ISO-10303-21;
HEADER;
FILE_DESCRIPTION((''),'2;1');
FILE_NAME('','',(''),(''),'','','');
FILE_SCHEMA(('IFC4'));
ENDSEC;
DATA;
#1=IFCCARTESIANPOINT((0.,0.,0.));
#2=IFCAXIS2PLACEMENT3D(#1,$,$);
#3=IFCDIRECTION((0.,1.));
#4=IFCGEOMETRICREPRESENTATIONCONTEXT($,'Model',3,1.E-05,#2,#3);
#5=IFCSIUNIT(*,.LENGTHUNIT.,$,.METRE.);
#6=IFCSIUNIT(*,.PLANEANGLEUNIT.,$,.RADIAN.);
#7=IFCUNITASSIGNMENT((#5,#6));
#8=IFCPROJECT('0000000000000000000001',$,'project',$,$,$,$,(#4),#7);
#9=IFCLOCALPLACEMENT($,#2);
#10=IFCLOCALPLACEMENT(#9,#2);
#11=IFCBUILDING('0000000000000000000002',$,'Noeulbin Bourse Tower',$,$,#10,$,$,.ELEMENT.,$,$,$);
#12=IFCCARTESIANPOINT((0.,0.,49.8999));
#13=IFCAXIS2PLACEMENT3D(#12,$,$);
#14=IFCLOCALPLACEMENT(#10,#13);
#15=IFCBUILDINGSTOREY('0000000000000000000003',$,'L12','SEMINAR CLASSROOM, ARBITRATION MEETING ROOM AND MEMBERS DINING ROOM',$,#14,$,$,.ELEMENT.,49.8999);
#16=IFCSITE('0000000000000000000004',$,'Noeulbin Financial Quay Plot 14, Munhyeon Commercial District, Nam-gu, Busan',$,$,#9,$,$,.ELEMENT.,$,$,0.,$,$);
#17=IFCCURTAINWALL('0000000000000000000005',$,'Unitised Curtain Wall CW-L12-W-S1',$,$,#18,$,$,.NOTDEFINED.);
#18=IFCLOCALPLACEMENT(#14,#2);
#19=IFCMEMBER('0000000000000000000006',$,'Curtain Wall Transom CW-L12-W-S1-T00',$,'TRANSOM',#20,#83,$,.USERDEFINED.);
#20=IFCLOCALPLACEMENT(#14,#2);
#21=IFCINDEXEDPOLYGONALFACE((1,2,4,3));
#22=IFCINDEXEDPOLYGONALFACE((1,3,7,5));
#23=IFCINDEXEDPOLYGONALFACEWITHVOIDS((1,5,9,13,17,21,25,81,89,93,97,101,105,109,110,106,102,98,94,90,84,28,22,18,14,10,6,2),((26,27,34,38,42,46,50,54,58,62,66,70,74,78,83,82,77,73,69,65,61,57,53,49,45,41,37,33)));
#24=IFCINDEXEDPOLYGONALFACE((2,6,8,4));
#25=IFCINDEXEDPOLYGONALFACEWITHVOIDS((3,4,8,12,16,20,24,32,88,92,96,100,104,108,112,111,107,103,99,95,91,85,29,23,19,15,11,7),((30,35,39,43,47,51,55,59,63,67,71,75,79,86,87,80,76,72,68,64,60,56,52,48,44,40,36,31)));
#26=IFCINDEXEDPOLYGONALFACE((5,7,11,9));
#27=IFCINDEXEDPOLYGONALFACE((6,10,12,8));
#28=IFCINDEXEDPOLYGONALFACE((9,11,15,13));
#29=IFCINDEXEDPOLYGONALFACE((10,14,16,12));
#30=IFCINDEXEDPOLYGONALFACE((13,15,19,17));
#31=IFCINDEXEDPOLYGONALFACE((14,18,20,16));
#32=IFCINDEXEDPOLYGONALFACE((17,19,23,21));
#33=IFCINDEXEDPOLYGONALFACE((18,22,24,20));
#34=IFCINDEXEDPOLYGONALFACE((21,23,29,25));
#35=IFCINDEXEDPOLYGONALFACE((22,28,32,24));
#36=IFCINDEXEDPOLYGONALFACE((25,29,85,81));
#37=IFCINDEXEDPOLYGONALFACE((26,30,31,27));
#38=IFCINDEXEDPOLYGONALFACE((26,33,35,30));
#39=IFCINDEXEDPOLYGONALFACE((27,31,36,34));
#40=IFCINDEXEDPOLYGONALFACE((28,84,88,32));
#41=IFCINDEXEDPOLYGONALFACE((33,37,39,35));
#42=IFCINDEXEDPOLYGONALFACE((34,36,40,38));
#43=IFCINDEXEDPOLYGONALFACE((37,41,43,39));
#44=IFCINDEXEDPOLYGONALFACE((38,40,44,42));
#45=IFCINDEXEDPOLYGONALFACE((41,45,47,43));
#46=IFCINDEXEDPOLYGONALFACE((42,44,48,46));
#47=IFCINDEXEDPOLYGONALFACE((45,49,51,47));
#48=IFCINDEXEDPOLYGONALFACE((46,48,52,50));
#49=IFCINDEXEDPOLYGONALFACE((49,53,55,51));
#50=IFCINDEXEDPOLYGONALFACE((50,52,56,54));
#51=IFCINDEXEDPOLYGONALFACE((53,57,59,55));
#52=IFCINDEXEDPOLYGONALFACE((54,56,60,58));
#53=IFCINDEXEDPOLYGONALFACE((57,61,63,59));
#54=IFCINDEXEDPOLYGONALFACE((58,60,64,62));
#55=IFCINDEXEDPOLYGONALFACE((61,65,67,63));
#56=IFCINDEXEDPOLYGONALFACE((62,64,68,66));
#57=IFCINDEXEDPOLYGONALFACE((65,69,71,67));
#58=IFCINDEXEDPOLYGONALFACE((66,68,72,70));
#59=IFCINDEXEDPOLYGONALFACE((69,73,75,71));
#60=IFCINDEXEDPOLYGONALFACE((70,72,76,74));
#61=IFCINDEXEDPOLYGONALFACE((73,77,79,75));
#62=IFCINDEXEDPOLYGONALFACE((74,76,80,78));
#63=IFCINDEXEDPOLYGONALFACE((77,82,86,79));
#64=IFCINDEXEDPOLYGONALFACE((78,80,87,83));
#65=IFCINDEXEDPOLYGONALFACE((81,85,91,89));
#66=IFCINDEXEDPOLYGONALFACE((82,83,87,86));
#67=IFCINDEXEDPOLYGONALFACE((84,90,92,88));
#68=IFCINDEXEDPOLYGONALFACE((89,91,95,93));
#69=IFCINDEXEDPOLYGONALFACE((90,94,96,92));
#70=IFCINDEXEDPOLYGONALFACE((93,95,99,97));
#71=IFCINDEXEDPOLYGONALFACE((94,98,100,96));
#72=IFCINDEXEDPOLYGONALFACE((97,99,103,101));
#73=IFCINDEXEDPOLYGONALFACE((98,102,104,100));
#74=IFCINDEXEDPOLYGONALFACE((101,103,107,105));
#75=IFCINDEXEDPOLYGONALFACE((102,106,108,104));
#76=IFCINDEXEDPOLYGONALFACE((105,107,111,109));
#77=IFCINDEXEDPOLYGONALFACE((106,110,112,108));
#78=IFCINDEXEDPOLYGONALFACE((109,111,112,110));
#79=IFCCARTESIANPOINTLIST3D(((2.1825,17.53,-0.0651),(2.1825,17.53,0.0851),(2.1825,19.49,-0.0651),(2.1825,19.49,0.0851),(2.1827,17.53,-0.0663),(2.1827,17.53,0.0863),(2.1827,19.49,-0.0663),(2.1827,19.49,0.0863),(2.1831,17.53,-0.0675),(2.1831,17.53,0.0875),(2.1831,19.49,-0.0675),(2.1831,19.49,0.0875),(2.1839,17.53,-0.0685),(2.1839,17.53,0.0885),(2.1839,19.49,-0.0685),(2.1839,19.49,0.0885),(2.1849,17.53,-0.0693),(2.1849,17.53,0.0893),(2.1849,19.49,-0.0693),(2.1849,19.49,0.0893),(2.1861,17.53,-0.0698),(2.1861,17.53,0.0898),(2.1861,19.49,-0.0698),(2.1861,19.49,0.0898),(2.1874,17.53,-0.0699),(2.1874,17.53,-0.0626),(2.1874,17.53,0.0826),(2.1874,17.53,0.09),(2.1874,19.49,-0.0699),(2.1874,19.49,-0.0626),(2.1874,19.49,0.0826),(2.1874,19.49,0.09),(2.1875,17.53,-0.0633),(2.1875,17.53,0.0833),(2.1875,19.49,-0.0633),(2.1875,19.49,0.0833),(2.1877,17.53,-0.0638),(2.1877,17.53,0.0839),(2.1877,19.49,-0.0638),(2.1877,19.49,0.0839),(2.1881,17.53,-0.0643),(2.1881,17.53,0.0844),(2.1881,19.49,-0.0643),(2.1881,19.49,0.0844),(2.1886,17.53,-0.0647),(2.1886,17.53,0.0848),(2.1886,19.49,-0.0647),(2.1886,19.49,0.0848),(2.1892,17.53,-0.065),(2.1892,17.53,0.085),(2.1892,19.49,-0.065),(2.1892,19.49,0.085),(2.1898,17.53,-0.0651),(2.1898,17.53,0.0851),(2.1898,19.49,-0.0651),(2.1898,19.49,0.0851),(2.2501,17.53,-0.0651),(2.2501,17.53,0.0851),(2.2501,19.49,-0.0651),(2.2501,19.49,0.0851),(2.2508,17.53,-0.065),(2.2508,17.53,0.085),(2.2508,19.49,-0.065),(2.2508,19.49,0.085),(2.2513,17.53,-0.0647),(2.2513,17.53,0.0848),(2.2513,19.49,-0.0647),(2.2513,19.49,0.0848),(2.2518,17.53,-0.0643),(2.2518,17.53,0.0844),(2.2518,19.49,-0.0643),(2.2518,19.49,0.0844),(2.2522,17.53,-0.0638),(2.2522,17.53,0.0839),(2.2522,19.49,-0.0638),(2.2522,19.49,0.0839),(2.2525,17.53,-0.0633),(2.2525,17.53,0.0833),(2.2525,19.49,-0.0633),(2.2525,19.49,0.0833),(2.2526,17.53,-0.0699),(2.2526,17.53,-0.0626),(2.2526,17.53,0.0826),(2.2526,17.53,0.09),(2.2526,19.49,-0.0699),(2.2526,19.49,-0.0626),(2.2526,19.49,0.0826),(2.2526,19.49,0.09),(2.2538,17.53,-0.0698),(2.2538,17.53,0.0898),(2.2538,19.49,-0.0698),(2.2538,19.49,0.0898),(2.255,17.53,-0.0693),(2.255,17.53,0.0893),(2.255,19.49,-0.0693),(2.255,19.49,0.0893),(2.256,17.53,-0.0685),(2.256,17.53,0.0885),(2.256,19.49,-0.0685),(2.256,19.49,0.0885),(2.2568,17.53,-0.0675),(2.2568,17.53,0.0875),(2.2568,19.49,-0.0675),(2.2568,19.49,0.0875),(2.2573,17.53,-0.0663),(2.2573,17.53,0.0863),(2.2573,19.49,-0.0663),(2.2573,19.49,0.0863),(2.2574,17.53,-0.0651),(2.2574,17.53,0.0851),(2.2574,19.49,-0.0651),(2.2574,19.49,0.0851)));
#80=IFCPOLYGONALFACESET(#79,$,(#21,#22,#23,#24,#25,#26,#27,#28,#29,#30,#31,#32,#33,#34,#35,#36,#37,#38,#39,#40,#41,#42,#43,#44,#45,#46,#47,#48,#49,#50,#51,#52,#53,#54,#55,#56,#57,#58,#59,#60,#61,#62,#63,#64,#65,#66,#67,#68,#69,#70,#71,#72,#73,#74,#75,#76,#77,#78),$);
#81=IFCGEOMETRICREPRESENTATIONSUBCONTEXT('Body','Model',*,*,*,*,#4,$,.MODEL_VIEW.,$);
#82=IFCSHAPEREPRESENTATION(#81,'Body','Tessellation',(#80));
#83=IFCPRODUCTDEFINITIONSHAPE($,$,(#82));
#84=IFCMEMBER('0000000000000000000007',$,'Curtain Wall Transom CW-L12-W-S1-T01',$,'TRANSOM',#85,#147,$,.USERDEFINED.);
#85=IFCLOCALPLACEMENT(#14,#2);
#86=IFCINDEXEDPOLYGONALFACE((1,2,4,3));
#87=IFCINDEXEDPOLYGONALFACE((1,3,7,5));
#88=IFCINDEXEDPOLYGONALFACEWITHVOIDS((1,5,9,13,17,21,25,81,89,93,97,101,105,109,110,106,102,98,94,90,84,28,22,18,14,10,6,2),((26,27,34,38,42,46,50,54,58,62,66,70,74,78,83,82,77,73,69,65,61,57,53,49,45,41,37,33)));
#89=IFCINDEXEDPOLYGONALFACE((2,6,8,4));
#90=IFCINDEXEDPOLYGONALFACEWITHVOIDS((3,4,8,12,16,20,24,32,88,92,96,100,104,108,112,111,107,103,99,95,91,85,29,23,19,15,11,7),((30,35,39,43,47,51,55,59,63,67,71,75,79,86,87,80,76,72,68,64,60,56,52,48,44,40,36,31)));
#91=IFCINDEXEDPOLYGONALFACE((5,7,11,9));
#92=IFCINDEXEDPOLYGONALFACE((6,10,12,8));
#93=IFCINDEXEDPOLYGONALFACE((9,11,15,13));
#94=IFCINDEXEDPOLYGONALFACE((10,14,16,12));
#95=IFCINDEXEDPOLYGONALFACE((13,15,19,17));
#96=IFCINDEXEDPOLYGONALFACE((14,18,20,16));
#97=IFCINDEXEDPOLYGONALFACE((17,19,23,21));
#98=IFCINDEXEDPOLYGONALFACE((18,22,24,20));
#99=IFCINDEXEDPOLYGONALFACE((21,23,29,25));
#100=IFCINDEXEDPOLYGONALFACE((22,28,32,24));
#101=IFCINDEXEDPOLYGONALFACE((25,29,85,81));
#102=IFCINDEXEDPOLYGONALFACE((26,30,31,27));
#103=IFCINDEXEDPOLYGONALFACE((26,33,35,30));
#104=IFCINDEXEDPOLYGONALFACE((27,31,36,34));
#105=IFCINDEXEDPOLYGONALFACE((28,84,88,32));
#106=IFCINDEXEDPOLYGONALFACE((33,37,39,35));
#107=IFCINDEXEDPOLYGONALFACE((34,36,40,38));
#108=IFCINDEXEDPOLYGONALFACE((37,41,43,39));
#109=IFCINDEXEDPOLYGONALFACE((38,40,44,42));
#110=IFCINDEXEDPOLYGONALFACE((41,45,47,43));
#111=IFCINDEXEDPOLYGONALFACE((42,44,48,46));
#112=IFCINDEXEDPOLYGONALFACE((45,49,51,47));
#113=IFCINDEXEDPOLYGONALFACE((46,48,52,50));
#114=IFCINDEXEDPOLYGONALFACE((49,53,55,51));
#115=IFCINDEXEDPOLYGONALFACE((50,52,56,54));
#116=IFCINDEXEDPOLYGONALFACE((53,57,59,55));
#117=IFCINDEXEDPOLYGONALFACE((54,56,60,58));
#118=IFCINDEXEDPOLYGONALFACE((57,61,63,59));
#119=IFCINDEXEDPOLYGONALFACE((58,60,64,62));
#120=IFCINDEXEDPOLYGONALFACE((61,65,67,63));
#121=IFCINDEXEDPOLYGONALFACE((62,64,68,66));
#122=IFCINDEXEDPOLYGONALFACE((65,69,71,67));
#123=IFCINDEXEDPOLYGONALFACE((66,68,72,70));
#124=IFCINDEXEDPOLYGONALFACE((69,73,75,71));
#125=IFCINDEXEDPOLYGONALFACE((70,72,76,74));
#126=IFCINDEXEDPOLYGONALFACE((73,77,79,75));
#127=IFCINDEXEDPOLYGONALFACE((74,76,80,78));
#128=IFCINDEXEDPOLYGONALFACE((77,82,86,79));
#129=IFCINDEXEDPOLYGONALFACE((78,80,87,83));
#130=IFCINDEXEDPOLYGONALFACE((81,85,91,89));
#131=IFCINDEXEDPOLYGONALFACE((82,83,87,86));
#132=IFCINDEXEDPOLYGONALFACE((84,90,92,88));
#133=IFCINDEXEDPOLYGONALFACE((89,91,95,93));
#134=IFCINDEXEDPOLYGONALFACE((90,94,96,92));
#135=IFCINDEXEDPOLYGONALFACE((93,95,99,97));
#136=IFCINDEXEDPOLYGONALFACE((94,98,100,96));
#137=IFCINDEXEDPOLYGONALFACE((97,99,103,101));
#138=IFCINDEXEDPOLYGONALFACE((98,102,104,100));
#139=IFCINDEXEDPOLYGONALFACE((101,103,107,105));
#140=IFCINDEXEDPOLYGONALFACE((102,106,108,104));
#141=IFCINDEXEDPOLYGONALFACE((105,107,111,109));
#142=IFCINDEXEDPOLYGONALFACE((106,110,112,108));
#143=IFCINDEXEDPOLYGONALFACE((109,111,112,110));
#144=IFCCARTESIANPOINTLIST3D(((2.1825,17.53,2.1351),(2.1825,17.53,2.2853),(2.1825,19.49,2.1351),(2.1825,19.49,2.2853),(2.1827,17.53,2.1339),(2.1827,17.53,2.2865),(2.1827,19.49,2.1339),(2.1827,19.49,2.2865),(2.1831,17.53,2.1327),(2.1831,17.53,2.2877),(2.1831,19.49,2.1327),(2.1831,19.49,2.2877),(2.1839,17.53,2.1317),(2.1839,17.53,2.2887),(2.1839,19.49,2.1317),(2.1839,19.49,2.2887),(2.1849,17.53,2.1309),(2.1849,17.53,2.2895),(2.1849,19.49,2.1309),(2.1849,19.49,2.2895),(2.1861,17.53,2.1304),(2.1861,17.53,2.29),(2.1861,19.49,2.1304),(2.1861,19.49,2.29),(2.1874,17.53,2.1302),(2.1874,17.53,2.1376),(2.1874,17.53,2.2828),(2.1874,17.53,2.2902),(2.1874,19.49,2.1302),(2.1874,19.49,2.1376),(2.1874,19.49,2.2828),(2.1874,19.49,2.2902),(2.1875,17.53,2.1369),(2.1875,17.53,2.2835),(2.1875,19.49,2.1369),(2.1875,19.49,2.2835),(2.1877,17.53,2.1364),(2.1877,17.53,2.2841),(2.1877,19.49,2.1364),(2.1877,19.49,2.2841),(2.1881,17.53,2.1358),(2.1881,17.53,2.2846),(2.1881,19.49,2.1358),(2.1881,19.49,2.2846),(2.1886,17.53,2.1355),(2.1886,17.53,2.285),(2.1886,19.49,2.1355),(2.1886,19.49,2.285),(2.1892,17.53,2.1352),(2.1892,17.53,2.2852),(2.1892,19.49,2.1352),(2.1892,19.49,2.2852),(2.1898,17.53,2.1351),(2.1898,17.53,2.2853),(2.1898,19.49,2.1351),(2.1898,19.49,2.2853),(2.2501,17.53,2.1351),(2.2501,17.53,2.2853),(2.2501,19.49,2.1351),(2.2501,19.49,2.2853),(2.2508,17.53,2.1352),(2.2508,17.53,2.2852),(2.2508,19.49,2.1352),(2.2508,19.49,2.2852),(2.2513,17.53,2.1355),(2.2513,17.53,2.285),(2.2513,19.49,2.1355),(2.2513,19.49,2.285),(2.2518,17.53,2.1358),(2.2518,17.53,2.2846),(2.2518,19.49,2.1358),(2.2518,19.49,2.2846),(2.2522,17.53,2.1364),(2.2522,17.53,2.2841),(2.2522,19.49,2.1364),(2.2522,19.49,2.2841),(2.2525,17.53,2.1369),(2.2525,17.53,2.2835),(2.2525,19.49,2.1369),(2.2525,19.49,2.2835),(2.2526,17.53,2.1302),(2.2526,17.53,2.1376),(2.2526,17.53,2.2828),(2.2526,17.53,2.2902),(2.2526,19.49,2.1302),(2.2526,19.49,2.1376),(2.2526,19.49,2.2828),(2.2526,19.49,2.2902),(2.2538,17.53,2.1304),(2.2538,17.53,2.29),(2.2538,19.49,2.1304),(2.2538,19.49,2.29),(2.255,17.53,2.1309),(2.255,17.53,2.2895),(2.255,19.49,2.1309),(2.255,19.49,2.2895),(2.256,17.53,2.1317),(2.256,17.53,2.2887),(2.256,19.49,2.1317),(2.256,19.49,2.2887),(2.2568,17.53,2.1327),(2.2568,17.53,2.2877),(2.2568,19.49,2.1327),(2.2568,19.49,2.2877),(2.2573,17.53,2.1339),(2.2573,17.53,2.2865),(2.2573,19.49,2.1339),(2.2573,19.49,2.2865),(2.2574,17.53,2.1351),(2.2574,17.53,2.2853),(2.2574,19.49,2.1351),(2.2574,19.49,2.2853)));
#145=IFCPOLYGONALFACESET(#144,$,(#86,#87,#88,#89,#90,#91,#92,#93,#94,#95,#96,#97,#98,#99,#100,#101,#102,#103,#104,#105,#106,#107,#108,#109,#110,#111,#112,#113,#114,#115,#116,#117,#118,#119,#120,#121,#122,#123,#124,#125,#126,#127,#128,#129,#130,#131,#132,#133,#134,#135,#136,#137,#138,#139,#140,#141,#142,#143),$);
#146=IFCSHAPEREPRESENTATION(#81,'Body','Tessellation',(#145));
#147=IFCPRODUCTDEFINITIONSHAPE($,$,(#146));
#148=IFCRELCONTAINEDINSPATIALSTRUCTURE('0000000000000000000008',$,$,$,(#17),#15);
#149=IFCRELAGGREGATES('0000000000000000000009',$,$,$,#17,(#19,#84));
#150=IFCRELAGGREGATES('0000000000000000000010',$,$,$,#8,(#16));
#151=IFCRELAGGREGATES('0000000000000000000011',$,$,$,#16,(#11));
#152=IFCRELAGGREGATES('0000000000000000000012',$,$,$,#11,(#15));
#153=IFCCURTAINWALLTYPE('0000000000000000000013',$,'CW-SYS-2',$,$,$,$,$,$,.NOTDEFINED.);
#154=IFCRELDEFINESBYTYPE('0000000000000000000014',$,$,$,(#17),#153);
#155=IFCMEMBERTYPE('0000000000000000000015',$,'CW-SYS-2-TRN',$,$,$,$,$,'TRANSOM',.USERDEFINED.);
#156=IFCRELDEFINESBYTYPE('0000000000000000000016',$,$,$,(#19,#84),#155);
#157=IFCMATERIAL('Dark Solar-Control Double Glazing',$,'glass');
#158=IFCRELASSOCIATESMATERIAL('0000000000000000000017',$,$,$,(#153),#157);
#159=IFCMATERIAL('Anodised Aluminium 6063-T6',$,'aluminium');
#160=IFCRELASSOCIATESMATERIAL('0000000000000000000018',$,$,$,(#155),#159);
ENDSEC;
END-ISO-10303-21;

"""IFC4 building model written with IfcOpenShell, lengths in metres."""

from ifc_helpers import new_model, si_unit, direction, frame, origin, origin_2d, place, context, subcontext, project, spatial, hollow_rectangle, extrude, material, material_profile, profile_set, type_object, element, aggregate, save


model = new_model("IFC4")

# Units and contexts
model_context = context("Model", 3, precision=1e-05, world=origin(), true_north=direction((0.0, 1.0)))
body_context = subcontext(model_context, "Body", "Model", "MODEL_VIEW")
ifc_project = project(units=[si_unit("LENGTHUNIT", "METRE"), si_unit("PLANEANGLEUNIT", "RADIAN")], contexts=[model_context])

# Site, building, storey
site_placement = place(None, origin())
site = spatial("IfcSite", under=ifc_project, at=site_placement, Name="Noeulbin Financial Quay Plot 14, Munhyeon Commercial District, Nam-gu, Busan", CompositionType="ELEMENT", RefElevation=0.0)
building_placement = place(site_placement, origin())
building = spatial("IfcBuilding", under=site, at=building_placement, Name="Noeulbin Bourse Tower", CompositionType="ELEMENT")
storey_placement = place(building_placement, frame((0.0, 0.0, 49.8999)))
storey = spatial("IfcBuildingStorey", under=building, at=storey_placement, Name="L12", Description="SEMINAR CLASSROOM, ARBITRATION MEETING ROOM AND MEMBERS DINING ROOM", CompositionType="ELEMENT", Elevation=49.8999)

# Curtain wall
ifc_material_1 = material(Name="Dark Solar-Control Double Glazing", Category="glass")
curtain_wall_type = type_object("IfcCurtainWallType", Name="CW-SYS-2", PredefinedType="NOTDEFINED", material=ifc_material_1)
curtain_wall_1_placement = place(storey_placement, origin())
curtain_wall_1 = element("IfcCurtainWall", 1, at=curtain_wall_1_placement, inside=storey, type_object=curtain_wall_type, Name="Unitised Curtain Wall CW-L12-W-S1", PredefinedType="NOTDEFINED")
ifc_material_2 = material(Name="Anodised Aluminium 6063-T6", Category="aluminium")

# Members
ifc_material_profile_1 = material_profile(ifc_material_2, hollow_rectangle(XDim=0.075, YDim=0.1599, WallThickness=0.0049, InnerFilletRadius=0.0024, OuterFilletRadius=0.0049, at=origin_2d()), Name="ALU-TRAN-75x160x5", Category="LoadBearing")
ifc_profile_set_1 = profile_set([ifc_material_profile_1], Name="Anodised Aluminium 6063-T6")
member_type_1 = type_object("IfcMemberType", Name="CW-SYS-2-TRN", ElementType="TRANSOM", PredefinedType="USERDEFINED", material=ifc_profile_set_1)
member_1_placement = place(storey_placement, frame((2.22, 17.53, 0.01), z_axis=(0.0, 1.0, 0.0), x_axis=(-1.0, 0.0, 0.0)))
member_1 = element("IfcMember", 2, at=member_1_placement, type_object=member_type_1, Name="Curtain Wall Transom CW-L12-W-S1-T00", ObjectType="TRANSOM", PredefinedType="USERDEFINED", context=body_context, shape_type="SweptSolid", body=[
    extrude(hollow_rectangle(XDim=0.075, YDim=0.1599, WallThickness=0.0049, InnerFilletRadius=0.0024, OuterFilletRadius=0.0049, at=origin_2d()), origin(), (0.0, 0.0, 1.0), 1.96),
])
member_2_placement = place(storey_placement, frame((2.22, 17.53, 2.2102), z_axis=(0.0, 1.0, 0.0), x_axis=(-1.0, 0.0, 0.0)))
member_2 = element("IfcMember", 3, at=member_2_placement, type_object=member_type_1, Name="Curtain Wall Transom CW-L12-W-S1-T01", ObjectType="TRANSOM", PredefinedType="USERDEFINED", context=body_context, shape_type="SweptSolid", body=[
    extrude(hollow_rectangle(XDim=0.075, YDim=0.1599, WallThickness=0.0049, InnerFilletRadius=0.0024, OuterFilletRadius=0.0049, at=origin_2d()), origin(), (0.0, 0.0, 1.0), 1.96),
])

aggregate(curtain_wall_1, [member_1, member_2])

save(model, "model.ifc")
